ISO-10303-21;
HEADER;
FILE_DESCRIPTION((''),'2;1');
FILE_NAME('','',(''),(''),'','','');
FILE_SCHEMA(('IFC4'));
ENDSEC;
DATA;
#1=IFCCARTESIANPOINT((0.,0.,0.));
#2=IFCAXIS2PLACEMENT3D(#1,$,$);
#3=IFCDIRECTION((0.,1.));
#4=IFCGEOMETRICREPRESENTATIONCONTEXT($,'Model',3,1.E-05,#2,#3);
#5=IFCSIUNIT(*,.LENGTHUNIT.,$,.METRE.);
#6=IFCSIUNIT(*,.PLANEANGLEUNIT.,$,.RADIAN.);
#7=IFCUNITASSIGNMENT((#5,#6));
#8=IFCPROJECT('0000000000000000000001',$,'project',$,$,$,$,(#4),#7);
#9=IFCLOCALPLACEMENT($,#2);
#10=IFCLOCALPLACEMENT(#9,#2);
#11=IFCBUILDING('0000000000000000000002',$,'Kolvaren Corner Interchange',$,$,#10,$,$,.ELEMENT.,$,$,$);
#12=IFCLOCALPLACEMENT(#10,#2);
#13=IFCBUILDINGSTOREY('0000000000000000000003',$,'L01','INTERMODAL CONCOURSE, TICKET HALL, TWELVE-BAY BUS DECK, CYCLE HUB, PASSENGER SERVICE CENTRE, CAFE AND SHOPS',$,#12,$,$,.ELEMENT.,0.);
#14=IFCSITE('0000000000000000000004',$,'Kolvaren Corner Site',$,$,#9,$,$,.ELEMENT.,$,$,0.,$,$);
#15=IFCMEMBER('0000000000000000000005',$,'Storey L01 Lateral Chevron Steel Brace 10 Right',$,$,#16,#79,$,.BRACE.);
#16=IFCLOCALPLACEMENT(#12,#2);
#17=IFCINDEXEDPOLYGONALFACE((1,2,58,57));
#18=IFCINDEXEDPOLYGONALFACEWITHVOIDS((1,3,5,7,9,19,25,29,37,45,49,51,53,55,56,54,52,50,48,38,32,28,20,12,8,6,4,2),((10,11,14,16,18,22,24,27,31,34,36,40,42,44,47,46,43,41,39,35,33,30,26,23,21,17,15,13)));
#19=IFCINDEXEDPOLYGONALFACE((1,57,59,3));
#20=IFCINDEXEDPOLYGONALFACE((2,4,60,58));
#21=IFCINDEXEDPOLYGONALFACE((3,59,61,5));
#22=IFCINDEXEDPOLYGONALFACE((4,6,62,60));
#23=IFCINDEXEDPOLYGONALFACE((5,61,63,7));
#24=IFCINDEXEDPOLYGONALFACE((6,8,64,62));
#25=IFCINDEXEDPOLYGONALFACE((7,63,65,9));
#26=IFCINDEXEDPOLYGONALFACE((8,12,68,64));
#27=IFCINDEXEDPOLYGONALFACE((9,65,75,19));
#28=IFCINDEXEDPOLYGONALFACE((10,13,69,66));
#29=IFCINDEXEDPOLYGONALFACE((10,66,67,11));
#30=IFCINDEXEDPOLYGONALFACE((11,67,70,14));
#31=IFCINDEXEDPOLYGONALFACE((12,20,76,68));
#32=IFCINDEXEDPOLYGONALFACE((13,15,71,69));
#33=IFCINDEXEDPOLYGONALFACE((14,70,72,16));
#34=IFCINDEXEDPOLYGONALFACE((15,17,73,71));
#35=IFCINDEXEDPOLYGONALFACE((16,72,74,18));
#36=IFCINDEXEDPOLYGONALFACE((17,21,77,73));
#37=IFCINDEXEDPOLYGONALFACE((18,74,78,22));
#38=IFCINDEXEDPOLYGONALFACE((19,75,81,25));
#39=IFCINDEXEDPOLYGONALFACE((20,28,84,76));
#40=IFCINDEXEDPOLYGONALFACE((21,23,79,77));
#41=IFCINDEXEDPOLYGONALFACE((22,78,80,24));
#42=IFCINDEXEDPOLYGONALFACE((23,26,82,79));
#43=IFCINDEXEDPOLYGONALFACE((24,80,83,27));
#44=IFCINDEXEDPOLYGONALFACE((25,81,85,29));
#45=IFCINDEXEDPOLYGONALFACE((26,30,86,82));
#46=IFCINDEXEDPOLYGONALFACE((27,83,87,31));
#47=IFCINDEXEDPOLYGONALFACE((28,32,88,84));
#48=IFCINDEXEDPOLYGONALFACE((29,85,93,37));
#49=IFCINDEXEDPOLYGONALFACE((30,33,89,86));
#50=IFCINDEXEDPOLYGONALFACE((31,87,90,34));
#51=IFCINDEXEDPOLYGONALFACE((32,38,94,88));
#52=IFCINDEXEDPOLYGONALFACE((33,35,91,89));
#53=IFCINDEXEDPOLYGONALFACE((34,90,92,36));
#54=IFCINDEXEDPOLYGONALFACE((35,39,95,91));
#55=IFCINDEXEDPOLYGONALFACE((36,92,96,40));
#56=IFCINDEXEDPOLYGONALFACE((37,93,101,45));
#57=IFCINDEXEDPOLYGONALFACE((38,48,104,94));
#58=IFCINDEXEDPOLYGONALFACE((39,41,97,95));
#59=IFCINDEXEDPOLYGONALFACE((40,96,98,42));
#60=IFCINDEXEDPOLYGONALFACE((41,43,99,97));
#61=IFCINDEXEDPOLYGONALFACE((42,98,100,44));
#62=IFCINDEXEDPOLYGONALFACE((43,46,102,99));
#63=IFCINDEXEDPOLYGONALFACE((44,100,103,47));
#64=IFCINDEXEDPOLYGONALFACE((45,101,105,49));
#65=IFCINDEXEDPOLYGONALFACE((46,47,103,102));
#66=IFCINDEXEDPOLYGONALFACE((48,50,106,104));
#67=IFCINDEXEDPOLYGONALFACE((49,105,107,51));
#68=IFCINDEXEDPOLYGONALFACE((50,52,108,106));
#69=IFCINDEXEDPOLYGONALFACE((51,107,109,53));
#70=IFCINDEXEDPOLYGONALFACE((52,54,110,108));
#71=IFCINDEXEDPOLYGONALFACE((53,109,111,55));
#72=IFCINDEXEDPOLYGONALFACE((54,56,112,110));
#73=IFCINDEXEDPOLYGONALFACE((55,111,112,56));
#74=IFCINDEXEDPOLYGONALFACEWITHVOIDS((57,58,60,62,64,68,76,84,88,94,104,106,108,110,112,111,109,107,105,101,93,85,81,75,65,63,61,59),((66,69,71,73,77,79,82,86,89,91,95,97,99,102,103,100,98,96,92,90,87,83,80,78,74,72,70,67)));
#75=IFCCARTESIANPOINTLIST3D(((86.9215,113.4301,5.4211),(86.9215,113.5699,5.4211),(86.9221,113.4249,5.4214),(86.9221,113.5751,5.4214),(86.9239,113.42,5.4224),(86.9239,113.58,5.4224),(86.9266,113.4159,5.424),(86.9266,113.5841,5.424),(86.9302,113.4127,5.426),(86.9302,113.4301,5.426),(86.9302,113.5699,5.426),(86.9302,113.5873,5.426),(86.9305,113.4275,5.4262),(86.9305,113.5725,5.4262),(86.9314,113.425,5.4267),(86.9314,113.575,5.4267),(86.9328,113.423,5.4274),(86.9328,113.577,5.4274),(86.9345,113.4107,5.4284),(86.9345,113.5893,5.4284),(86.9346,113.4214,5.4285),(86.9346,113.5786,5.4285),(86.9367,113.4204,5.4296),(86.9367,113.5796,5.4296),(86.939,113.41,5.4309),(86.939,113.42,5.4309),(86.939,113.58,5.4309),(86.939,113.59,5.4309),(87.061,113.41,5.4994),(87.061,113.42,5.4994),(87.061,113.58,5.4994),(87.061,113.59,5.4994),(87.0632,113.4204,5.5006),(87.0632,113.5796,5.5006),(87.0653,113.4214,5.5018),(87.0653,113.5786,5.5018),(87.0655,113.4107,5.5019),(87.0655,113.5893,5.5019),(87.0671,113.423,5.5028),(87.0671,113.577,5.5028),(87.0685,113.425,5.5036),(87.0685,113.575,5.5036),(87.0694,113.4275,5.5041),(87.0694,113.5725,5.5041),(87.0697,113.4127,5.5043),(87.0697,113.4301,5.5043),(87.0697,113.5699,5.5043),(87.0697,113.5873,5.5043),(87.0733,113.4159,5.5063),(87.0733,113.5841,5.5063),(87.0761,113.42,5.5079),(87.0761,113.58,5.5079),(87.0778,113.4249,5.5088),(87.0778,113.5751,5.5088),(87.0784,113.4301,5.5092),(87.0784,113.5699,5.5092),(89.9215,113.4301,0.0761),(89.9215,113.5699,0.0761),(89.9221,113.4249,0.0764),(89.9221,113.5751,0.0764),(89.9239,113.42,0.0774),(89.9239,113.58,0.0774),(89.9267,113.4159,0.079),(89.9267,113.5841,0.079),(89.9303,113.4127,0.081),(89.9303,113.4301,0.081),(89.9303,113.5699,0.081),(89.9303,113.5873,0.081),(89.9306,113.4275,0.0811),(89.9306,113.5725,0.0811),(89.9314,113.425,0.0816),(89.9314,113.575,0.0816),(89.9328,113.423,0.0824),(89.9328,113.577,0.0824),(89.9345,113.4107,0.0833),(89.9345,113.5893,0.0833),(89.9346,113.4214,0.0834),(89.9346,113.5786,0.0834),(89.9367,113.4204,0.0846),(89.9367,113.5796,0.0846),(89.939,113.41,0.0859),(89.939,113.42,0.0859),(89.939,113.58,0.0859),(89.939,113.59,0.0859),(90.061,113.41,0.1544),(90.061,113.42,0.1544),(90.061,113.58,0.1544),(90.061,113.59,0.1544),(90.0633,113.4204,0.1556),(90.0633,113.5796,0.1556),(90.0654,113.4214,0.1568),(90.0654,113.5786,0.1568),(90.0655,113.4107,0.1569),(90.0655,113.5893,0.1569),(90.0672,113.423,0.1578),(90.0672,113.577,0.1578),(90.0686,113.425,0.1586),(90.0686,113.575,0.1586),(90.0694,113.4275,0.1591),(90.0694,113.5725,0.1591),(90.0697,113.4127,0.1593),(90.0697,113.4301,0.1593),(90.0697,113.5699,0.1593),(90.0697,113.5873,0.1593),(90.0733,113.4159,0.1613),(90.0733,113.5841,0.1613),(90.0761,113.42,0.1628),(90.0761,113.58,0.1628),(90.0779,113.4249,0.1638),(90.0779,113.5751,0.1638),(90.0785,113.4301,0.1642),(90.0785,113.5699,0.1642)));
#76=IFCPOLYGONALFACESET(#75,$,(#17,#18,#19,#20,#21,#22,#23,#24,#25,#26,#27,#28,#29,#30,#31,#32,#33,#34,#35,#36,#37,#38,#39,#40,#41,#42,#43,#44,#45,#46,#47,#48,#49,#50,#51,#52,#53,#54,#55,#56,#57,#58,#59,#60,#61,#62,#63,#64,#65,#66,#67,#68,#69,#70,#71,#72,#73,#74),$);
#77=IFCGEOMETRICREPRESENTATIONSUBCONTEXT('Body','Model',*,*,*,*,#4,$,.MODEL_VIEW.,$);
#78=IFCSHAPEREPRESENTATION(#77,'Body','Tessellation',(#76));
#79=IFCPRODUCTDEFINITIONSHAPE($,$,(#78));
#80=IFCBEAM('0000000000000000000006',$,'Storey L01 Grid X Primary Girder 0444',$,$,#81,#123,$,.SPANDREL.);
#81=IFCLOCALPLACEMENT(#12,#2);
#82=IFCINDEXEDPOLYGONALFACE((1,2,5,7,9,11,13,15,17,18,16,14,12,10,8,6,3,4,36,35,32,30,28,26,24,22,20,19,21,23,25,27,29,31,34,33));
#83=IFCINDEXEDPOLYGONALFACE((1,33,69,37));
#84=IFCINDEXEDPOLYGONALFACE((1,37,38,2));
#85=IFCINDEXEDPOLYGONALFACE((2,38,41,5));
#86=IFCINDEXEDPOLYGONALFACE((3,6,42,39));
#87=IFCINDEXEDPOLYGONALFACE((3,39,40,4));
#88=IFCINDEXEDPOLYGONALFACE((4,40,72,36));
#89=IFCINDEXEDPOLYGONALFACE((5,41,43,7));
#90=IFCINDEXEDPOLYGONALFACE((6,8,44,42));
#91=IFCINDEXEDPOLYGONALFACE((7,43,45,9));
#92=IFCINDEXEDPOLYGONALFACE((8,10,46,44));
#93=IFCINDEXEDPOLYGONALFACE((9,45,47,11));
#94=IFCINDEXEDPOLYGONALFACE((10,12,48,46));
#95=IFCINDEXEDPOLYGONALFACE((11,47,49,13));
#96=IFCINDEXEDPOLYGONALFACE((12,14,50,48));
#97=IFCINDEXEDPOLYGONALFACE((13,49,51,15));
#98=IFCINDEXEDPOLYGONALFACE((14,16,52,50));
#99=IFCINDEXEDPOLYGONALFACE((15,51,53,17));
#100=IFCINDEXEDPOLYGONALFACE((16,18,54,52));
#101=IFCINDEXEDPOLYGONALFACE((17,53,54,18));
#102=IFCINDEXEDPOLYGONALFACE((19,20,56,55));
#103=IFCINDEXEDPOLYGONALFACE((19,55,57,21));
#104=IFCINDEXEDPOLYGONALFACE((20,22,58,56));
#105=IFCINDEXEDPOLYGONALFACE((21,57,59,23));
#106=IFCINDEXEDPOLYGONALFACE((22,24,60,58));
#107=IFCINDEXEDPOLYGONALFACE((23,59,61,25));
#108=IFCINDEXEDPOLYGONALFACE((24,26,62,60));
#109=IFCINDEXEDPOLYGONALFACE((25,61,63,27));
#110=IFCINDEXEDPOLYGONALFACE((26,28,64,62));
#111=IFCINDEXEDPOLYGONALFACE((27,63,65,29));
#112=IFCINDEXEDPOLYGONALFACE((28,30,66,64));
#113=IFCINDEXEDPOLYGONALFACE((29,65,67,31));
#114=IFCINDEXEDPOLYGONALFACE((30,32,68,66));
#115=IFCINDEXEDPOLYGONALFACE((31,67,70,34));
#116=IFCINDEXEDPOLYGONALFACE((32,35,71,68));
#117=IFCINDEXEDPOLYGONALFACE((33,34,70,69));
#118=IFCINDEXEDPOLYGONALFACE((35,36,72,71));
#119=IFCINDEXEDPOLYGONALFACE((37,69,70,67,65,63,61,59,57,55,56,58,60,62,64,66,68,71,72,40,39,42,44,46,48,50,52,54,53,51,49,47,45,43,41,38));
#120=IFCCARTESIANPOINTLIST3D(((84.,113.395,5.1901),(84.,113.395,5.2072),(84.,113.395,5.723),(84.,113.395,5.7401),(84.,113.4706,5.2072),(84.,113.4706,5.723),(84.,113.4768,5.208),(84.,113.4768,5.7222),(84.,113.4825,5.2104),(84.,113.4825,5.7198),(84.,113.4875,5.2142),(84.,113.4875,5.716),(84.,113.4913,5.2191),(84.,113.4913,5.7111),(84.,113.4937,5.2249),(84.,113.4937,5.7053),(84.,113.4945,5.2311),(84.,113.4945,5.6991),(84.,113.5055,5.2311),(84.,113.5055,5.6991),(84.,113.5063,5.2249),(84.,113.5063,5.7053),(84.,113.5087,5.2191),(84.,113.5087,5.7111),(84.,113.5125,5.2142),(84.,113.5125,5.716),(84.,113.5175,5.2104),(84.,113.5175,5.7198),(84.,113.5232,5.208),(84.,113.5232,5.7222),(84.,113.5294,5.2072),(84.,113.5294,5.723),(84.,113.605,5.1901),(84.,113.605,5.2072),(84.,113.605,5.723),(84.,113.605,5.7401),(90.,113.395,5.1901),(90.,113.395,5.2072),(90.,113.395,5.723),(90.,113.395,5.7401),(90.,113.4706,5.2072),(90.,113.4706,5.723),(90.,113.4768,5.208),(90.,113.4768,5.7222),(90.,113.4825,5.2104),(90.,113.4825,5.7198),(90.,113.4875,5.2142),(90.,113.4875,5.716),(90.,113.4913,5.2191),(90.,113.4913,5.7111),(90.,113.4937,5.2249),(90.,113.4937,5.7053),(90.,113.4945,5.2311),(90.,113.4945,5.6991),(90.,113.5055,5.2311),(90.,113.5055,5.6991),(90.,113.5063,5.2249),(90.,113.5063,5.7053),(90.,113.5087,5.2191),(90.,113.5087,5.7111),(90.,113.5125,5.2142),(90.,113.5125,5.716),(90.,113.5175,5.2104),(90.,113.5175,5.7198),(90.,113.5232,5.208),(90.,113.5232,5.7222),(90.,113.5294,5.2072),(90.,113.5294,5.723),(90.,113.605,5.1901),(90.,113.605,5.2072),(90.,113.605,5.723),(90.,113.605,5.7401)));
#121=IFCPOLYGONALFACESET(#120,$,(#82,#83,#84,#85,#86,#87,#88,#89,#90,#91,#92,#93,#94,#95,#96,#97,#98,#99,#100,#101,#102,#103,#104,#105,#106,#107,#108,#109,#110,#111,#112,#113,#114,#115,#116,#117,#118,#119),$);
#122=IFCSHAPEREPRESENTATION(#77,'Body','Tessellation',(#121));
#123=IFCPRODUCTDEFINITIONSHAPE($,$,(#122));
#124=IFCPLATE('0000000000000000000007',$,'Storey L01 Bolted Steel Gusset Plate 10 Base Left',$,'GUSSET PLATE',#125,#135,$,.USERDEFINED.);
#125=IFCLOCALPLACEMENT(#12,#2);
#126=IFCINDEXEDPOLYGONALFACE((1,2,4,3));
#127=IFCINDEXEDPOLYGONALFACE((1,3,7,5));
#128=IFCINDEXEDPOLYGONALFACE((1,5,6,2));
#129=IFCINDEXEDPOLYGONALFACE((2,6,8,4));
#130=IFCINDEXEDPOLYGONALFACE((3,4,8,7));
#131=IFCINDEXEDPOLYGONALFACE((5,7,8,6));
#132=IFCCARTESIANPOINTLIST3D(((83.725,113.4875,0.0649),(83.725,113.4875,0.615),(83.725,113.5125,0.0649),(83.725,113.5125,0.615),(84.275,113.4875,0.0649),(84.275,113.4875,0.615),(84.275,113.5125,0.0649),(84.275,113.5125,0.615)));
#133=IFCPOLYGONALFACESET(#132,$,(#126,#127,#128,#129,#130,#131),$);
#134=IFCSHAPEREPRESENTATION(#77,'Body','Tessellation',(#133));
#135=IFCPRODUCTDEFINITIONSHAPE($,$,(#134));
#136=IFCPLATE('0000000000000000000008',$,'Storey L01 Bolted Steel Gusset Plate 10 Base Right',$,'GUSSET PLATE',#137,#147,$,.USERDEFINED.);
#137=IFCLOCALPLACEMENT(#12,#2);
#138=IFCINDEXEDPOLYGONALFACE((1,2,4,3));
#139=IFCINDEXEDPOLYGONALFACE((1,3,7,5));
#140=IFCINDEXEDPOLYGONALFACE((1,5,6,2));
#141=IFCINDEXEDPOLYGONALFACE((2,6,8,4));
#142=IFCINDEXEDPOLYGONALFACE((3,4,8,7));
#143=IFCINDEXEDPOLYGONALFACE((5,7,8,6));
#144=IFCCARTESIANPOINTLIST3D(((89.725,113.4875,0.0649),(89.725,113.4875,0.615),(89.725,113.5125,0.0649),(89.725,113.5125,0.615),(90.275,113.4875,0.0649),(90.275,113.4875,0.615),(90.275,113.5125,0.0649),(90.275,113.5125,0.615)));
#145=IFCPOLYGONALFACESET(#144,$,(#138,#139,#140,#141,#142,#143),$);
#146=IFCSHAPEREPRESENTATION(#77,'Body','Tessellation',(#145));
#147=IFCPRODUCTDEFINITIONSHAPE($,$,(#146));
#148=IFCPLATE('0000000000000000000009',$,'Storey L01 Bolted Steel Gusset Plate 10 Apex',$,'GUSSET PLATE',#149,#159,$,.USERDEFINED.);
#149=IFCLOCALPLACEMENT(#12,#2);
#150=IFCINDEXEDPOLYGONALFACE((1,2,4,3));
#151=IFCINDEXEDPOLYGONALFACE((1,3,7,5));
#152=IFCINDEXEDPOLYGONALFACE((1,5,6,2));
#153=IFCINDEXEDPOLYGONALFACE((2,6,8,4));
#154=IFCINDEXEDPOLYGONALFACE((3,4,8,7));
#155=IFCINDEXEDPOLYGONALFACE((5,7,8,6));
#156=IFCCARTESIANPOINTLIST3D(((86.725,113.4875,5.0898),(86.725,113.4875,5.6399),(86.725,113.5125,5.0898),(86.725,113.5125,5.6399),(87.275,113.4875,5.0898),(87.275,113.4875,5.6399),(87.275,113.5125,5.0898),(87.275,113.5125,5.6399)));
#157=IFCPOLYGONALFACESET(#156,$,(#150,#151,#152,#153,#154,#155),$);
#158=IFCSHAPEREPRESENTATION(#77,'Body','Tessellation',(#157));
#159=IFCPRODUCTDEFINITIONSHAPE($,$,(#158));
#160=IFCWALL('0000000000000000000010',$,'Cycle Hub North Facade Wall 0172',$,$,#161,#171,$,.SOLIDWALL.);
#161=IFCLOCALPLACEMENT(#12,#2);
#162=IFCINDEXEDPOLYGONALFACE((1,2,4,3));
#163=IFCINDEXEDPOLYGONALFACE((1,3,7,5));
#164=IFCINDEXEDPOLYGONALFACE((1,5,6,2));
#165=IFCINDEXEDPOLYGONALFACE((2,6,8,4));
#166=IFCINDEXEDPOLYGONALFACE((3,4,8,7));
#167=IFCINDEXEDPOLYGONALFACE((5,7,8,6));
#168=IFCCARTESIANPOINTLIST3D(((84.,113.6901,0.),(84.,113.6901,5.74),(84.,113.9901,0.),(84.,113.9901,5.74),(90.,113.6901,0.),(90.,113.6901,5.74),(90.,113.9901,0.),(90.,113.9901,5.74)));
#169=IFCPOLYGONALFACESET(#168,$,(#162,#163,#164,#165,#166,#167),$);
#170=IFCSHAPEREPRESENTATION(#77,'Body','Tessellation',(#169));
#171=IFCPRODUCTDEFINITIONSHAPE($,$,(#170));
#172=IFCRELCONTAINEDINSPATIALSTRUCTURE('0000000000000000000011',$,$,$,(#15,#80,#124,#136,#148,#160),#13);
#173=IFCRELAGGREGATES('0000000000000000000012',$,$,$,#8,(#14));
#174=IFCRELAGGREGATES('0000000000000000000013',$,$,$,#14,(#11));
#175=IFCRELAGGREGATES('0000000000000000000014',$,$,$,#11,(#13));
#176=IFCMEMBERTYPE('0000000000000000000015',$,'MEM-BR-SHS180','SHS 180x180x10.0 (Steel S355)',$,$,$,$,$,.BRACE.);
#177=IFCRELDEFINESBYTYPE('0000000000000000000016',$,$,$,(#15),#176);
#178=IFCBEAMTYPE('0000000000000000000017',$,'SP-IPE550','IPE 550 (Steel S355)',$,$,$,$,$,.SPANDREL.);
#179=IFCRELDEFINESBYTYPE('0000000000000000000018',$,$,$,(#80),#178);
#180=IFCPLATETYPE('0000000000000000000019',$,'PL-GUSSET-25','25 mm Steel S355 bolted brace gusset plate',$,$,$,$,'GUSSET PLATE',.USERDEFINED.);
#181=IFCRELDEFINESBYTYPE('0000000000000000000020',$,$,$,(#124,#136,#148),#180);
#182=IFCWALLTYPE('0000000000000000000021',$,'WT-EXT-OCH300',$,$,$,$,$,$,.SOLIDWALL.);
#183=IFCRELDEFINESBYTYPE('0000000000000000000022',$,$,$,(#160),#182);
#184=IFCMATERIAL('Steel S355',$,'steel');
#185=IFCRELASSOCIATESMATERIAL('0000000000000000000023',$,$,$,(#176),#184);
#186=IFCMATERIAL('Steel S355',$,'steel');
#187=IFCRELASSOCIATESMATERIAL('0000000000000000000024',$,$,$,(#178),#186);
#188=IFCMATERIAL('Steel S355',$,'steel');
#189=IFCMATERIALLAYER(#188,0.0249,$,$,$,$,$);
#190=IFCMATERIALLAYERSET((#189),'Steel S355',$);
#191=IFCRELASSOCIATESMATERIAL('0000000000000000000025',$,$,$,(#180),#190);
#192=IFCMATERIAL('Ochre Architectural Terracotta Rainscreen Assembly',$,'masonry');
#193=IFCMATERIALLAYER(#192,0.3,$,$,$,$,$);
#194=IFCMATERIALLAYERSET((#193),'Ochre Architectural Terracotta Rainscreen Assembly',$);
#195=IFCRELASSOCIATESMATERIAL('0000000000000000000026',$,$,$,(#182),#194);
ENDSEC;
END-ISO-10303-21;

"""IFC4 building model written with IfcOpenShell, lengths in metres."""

from ifc_helpers import new_model, si_unit, direction, frame, frame_2d, origin, origin_2d, place, context, subcontext, project, spatial, rectangle, hollow_rectangle, i_section, extrude, material, layer, layer_set, material_profile, profile_set, type_object, element, save


model = new_model("IFC4")

# Units and contexts
model_context = context("Model", 3, precision=1e-05, world=origin(), true_north=direction((0.0, 1.0)))
body_context = subcontext(model_context, "Body", "Model", "MODEL_VIEW")
ifc_project = project(units=[si_unit("LENGTHUNIT", "METRE"), si_unit("PLANEANGLEUNIT", "RADIAN")], contexts=[model_context])

# Site, building, storey
site_placement = place(None, origin())
site = spatial("IfcSite", under=ifc_project, at=site_placement, Name="Kolvaren Corner Site", CompositionType="ELEMENT", RefElevation=0.0)
building_placement = place(site_placement, origin())
building = spatial("IfcBuilding", under=site, at=building_placement, Name="Kolvaren Corner Interchange", CompositionType="ELEMENT")
storey_placement = place(building_placement, origin())
storey = spatial("IfcBuildingStorey", under=building, at=storey_placement, Name="L01", Description="INTERMODAL CONCOURSE, TICKET HALL, TWELVE-BAY BUS DECK, CYCLE HUB, PASSENGER SERVICE CENTRE, CAFE AND SHOPS", CompositionType="ELEMENT", Elevation=0.0)

# Member
ifc_material_1 = material(Name="Steel S355", Category="steel")
ifc_material_profile_1 = material_profile(ifc_material_1, hollow_rectangle(XDim=0.1799, YDim=0.1799, WallThickness=0.01, InnerFilletRadius=0.01, OuterFilletRadius=0.02, at=origin_2d()), Name="SHS 180x180x10.0")
ifc_profile_set_1 = profile_set([ifc_material_profile_1], Name="Steel S355")
member_type = type_object("IfcMemberType", Name="MEM-BR-SHS180", Description="SHS 180x180x10.0 (Steel S355)", PredefinedType="BRACE", material=ifc_profile_set_1)
for number, where, z_axis, x_axis, name in (
    (1, (90.0, 113.5, 0.1201), (-0.48945, 0.0, 0.872032), (0.0, -1.0, 0.0), "Storey L01 Lateral Chevron Steel Brace 10 Right"),
):
    element("IfcMember", number, at=place(storey_placement, frame(where, z_axis=z_axis, x_axis=x_axis)), inside=storey, type_object=member_type, Name=name, PredefinedType="BRACE", context=body_context, shape_type="SweptSolid", body=[
        extrude(hollow_rectangle(XDim=0.1799, YDim=0.1799, WallThickness=0.01, InnerFilletRadius=0.01, OuterFilletRadius=0.02, at=origin_2d()), origin(), (0.0, 0.0, 1.0), 6.1294),
    ])

# Beam
ifc_material_2 = material(Name="Steel S355", Category="steel")
ifc_material_profile_2 = material_profile(ifc_material_2, i_section(OverallWidth=0.21, OverallDepth=0.55, WebThickness=0.011, FlangeThickness=0.0171, FilletRadius=0.0239, at=origin_2d()), Name="IPE 550")
ifc_profile_set_2 = profile_set([ifc_material_profile_2], Name="Steel S355")
beam_type_1 = type_object("IfcBeamType", Name="SP-IPE550", Description="IPE 550 (Steel S355)", PredefinedType="SPANDREL", material=ifc_profile_set_2)
beam_placement = place(storey_placement, frame((84.0, 113.5, 5.4651), z_axis=(1.0, 0.0, 0.0), x_axis=(0.0, 1.0, 0.0)))
element("IfcBeam", 2, at=beam_placement, inside=storey, type_object=beam_type_1, Name="Storey L01 Grid X Primary Girder 0444", PredefinedType="SPANDREL", context=body_context, shape_type="SweptSolid", body=[
    extrude(i_section(OverallWidth=0.21, OverallDepth=0.55, WebThickness=0.011, FlangeThickness=0.0171, FilletRadius=0.0239, at=origin_2d()), origin(), (0.0, 0.0, 1.0), 6.0),
])

# Plates
ifc_material_3 = material(Name="Steel S355", Category="steel")
ifc_layer_1 = layer(ifc_material_3, 0.0249)
ifc_layer_set_1 = layer_set([ifc_layer_1], Name="Steel S355")
plate_type = type_object("IfcPlateType", Name="PL-GUSSET-25", Description="25 mm Steel S355 bolted brace gusset plate", ElementType="GUSSET PLATE", PredefinedType="USERDEFINED", material=ifc_layer_set_1)
for number, where, z_axis, x_axis, name in (
    (3, (84.0, 113.5, 0.0649), (0.0, 0.0, 1.0), (1.0, 0.0, 0.0), "Storey L01 Bolted Steel Gusset Plate 10 Base Left"),
    (4, (90.0, 113.5, 0.0649), (0.0, 0.0, 1.0), (1.0, 0.0, 0.0), "Storey L01 Bolted Steel Gusset Plate 10 Base Right"),
    (5, (87.0, 113.5, 5.0898), (0.0, 0.0, 1.0), (1.0, 0.0, 0.0), "Storey L01 Bolted Steel Gusset Plate 10 Apex"),
):
    element("IfcPlate", number, at=place(storey_placement, frame(where, z_axis=z_axis, x_axis=x_axis)), inside=storey, type_object=plate_type, Name=name, ObjectType="GUSSET PLATE", PredefinedType="USERDEFINED", context=body_context, shape_type="SweptSolid", body=[
        extrude(rectangle(XDim=0.55, YDim=0.0249, at=origin_2d()), origin(), (0.0, 0.0, 1.0), 0.55),
    ])

# Wall
ifc_material_4 = material(Name="Ochre Architectural Terracotta Rainscreen Assembly", Category="masonry")
ifc_layer_2 = layer(ifc_material_4, 0.3)
ifc_layer_set_2 = layer_set([ifc_layer_2], Name="Ochre Architectural Terracotta Rainscreen Assembly")
wall_type = type_object("IfcWallType", Name="WT-EXT-OCH300", PredefinedType="SOLIDWALL", material=ifc_layer_set_2)
wall_1_placement = place(storey_placement, frame((90.0, 113.8401, 0.0), z_axis=(0.0, 0.0, 1.0), x_axis=(-1.0, 0.0, 0.0)))
element("IfcWall", 6, at=wall_1_placement, inside=storey, type_object=wall_type, Name="Cycle Hub North Facade Wall 0172", PredefinedType="SOLIDWALL", context=body_context, shape_type="SweptSolid", body=[
    extrude(rectangle(XDim=6.0, YDim=0.3, at=frame_2d((3.0, 0.0))), origin(), (0.0, 0.0, 1.0), 5.74),
])

save(model, "model.ifc")
